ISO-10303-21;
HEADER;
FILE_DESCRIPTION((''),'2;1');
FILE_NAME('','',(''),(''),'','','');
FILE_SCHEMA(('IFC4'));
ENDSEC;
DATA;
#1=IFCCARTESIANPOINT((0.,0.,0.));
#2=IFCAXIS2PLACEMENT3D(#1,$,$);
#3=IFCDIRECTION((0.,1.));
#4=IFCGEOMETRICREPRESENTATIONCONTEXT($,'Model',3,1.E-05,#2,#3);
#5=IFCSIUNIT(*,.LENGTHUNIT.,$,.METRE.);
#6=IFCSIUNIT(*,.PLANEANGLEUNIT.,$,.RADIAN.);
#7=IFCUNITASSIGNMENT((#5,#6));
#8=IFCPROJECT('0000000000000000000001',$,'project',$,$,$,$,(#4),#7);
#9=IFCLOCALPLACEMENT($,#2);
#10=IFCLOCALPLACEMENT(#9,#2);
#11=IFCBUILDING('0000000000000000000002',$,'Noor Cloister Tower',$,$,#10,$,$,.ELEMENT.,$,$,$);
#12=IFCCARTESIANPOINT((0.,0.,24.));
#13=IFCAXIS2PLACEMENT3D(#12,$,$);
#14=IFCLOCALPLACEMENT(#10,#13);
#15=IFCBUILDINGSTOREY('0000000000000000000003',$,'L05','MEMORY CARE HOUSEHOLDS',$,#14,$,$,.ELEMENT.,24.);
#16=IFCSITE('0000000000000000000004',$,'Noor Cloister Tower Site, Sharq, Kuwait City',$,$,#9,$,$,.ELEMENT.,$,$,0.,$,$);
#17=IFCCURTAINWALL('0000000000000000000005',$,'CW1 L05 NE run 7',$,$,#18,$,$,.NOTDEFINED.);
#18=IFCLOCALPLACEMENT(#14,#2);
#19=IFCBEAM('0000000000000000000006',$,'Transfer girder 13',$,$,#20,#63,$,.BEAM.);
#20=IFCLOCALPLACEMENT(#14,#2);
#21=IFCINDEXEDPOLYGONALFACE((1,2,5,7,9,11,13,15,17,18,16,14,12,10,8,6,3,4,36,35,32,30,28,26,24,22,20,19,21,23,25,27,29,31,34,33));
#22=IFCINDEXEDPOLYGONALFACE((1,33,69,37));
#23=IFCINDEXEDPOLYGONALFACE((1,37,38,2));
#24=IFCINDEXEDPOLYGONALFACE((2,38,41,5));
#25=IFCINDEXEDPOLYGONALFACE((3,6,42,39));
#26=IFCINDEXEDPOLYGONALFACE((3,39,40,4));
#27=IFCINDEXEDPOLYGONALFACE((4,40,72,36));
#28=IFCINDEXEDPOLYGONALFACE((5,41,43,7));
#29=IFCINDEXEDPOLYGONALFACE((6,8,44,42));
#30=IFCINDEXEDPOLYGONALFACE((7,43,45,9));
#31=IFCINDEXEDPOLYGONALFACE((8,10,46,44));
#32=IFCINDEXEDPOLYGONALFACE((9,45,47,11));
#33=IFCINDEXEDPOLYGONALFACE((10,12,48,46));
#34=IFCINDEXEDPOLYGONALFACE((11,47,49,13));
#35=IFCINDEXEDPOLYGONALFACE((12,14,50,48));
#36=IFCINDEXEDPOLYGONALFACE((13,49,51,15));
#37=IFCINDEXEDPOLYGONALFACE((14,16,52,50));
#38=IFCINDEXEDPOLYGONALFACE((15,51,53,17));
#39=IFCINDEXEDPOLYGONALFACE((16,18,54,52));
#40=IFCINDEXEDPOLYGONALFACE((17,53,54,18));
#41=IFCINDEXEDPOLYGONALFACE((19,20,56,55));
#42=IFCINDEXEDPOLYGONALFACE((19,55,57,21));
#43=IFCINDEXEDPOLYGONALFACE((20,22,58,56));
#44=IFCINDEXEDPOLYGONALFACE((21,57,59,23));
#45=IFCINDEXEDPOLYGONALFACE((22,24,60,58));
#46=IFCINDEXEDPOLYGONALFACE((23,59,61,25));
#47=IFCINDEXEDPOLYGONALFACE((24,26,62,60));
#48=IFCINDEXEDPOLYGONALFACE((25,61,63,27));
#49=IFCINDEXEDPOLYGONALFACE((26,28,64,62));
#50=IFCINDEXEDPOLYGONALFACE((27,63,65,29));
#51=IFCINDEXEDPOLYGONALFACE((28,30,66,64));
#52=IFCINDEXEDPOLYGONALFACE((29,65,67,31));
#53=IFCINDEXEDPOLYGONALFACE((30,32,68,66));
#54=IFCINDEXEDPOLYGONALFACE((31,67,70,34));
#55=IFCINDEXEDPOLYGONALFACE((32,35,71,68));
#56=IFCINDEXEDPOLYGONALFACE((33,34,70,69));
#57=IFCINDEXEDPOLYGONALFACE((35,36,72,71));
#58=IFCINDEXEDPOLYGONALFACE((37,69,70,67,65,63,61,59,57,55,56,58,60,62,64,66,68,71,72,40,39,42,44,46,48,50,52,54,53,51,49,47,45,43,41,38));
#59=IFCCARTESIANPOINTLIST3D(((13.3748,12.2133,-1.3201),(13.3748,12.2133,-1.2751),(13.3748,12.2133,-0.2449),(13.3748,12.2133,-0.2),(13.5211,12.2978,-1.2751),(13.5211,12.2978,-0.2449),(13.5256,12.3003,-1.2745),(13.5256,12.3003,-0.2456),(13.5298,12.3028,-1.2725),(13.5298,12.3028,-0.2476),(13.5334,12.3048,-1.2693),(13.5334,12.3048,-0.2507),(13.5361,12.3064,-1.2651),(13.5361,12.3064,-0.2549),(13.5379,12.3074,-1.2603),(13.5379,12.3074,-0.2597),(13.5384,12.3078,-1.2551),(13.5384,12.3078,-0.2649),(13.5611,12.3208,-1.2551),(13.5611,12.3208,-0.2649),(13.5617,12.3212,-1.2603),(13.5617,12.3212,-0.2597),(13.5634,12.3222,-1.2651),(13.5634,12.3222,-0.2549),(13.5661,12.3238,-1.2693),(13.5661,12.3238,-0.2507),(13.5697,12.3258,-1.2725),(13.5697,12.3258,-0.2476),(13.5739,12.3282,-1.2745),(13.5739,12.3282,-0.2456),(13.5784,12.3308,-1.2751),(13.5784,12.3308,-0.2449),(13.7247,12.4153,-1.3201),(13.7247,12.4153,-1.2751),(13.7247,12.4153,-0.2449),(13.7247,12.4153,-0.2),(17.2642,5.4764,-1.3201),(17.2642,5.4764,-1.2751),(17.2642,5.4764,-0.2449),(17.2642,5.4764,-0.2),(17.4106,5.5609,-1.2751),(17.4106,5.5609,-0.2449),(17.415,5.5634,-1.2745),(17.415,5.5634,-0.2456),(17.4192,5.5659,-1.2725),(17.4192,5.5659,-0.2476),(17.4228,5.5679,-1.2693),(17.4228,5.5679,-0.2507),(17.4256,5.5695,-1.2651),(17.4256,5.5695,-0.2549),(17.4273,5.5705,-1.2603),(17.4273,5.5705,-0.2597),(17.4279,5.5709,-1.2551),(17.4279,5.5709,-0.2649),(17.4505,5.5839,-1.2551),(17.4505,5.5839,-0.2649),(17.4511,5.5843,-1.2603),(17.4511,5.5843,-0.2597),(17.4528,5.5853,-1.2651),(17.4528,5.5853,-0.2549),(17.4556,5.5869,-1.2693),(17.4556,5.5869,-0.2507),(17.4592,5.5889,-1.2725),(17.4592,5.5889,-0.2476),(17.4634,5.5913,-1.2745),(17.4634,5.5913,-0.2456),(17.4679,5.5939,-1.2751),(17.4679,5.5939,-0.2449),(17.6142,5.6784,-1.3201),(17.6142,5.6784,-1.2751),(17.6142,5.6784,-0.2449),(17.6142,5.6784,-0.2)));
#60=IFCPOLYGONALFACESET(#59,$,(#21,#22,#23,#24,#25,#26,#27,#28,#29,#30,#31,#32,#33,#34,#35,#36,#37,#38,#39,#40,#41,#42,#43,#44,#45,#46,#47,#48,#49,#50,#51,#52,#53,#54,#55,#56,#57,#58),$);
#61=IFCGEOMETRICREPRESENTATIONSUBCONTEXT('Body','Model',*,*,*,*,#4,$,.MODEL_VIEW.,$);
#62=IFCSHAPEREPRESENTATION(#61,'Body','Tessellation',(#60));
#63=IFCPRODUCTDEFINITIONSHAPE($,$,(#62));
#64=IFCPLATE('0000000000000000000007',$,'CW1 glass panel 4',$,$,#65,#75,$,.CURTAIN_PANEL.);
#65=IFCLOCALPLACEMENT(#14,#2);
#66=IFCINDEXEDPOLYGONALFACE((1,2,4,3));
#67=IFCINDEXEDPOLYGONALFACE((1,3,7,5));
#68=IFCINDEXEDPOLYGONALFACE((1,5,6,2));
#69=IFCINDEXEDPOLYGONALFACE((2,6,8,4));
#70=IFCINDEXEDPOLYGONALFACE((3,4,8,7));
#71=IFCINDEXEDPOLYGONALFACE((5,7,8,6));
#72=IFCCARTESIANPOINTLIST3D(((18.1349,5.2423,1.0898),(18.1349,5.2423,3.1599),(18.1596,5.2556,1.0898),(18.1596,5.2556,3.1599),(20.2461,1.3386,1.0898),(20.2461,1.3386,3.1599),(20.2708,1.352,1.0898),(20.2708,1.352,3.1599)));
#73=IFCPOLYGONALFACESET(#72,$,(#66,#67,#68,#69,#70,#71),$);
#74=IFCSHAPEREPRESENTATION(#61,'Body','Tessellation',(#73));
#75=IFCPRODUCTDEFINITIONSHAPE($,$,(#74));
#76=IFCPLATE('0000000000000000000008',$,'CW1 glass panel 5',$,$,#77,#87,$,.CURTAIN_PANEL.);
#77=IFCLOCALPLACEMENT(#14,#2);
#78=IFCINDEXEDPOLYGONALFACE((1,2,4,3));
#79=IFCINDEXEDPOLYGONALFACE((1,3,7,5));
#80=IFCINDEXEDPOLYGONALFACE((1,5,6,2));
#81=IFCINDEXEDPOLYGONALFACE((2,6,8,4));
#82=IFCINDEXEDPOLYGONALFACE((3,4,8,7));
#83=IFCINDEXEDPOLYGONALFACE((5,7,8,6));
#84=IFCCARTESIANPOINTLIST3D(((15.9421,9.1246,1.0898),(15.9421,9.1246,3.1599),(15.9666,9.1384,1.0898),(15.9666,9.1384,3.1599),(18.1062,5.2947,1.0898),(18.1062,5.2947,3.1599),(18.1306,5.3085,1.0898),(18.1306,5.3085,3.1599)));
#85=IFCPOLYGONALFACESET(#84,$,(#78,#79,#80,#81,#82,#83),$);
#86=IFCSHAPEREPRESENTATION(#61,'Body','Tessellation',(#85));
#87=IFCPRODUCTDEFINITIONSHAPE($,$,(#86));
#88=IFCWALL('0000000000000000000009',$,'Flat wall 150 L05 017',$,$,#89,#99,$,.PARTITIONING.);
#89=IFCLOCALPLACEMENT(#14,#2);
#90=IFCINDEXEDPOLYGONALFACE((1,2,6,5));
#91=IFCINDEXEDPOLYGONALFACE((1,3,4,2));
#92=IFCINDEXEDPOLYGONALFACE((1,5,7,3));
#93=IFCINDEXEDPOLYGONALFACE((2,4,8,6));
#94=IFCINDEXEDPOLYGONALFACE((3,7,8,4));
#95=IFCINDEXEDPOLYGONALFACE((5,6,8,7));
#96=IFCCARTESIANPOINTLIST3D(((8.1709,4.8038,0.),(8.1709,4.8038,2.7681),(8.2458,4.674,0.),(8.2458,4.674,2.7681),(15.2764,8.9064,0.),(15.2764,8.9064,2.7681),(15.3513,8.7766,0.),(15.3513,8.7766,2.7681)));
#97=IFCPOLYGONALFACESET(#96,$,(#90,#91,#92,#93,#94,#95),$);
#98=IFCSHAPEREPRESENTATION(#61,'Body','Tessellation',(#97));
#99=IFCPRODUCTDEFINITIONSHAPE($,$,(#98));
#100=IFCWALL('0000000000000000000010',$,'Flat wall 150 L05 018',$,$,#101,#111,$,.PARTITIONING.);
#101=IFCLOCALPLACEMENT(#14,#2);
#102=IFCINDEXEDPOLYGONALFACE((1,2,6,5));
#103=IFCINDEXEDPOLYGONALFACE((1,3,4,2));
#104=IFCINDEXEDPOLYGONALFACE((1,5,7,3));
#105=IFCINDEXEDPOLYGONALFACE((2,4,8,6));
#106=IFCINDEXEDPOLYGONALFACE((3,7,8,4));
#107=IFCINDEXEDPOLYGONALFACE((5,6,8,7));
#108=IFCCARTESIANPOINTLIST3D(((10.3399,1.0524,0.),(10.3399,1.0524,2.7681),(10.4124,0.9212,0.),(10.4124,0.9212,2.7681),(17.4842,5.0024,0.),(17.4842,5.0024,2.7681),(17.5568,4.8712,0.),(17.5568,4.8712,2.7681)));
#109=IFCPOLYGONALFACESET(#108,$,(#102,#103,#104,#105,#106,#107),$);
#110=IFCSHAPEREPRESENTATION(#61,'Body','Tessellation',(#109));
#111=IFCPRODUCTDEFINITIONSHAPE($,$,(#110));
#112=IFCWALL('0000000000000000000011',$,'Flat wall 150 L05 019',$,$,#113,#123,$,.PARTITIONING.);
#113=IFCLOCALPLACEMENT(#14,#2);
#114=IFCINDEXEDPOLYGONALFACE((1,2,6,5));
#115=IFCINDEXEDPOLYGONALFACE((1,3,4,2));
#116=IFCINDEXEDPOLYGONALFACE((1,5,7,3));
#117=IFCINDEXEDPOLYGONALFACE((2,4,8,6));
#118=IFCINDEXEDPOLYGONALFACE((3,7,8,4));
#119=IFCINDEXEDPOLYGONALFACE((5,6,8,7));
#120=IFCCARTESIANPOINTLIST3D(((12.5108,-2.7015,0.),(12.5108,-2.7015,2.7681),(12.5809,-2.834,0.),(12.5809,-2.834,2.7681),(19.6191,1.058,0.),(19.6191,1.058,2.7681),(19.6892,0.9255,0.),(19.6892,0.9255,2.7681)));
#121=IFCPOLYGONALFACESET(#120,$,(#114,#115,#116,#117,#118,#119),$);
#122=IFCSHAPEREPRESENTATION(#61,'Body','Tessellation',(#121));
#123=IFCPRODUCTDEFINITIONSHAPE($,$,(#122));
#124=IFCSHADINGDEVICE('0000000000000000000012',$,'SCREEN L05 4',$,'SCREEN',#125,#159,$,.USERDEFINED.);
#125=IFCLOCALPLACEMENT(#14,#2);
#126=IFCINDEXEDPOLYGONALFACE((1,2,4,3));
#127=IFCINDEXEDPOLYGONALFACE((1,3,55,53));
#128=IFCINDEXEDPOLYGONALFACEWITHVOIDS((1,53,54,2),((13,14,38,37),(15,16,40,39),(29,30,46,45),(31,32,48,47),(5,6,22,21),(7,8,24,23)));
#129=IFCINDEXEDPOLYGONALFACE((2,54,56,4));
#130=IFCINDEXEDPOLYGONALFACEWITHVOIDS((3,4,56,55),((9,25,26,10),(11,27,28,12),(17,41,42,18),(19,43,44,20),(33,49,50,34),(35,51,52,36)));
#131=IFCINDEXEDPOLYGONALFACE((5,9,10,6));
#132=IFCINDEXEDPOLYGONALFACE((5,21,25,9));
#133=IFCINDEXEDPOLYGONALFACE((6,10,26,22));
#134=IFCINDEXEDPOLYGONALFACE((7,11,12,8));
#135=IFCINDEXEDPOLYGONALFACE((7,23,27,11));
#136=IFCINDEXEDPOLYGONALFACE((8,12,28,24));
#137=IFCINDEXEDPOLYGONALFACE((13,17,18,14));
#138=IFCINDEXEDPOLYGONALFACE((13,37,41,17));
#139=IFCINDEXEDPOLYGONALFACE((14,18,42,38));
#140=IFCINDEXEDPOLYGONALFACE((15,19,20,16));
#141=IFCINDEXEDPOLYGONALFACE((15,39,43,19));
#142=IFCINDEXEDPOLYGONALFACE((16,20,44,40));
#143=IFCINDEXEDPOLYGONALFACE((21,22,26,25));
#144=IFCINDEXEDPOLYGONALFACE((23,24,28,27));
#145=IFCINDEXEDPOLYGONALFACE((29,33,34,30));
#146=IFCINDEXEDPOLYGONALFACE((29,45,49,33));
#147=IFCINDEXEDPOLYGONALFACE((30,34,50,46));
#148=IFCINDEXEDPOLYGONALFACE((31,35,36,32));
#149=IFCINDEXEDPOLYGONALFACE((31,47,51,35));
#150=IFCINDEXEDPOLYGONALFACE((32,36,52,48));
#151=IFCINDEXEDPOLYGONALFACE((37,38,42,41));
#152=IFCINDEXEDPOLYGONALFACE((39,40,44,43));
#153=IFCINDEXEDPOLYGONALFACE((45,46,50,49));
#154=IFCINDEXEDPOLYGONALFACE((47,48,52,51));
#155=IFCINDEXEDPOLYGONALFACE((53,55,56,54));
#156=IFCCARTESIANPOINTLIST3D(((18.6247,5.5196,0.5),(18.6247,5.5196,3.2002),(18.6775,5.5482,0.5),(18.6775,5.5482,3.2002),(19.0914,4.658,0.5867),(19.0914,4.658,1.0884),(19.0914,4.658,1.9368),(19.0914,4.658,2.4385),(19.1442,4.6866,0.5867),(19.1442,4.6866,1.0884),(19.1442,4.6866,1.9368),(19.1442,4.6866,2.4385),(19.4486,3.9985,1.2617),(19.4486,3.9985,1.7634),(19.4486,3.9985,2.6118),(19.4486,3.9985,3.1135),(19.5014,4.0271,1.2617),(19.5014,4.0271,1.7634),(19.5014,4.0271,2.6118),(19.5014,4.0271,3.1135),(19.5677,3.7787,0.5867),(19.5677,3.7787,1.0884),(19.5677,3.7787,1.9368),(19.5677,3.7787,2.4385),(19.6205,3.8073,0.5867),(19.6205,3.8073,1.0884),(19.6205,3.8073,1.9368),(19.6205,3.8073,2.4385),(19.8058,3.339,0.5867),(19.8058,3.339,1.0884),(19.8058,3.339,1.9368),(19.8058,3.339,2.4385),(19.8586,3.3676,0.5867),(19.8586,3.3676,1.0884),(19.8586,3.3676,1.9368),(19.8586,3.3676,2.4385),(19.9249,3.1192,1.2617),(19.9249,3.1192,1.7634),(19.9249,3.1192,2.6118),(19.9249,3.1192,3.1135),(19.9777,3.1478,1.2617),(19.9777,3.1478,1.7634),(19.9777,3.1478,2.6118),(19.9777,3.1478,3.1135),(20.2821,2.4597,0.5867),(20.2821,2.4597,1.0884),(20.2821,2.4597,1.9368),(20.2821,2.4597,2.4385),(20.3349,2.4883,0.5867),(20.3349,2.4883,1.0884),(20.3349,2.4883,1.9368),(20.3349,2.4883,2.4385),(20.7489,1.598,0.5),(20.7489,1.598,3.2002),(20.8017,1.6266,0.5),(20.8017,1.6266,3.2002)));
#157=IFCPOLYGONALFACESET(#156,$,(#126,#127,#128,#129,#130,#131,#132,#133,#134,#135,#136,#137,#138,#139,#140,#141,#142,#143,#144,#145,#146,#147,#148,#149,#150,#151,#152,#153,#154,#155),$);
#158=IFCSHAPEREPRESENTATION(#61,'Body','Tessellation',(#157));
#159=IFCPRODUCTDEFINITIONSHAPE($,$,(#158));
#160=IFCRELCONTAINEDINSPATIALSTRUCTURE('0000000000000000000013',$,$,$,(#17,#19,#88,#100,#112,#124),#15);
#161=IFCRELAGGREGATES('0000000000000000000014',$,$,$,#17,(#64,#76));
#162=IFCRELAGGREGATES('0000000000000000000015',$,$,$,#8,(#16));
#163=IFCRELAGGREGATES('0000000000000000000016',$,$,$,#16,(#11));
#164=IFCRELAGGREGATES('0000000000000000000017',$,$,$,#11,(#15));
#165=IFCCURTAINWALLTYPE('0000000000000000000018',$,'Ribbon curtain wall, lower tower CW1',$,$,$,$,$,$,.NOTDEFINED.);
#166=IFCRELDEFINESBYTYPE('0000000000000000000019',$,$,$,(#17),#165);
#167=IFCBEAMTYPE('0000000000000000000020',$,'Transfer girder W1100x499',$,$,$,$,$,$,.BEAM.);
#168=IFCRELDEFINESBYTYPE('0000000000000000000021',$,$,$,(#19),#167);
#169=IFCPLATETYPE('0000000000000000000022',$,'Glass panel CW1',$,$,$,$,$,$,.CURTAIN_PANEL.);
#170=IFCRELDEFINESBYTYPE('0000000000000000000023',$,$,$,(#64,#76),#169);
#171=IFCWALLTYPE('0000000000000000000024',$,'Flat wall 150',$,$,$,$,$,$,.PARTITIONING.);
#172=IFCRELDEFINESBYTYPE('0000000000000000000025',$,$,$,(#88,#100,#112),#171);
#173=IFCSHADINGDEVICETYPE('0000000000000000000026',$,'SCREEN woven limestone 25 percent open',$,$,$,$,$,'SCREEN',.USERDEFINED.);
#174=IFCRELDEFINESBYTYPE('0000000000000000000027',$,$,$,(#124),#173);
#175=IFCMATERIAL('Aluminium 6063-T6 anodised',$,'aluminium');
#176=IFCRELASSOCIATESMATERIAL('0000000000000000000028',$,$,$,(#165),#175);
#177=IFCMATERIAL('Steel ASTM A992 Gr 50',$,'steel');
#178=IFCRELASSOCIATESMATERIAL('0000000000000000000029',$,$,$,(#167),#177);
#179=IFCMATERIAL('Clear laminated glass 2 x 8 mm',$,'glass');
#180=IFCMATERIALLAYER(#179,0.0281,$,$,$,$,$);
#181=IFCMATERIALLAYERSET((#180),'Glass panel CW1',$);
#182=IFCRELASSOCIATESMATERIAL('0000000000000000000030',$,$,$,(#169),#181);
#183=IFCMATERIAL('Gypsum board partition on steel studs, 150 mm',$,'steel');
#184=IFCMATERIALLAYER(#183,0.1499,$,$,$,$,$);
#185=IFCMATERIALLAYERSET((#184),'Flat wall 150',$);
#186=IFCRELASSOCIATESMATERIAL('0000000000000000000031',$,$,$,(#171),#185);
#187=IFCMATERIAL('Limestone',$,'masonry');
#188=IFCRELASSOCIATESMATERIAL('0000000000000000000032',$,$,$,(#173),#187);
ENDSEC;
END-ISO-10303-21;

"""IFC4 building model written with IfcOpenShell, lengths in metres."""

from ifc_helpers import new_model, si_unit, direction, frame, frame_2d, origin, origin_2d, place, context, subcontext, project, spatial, polyline, rectangle, i_section, outline, extrude, material, layer, layer_set, material_profile, profile_set, type_object, element, aggregate, save


model = new_model("IFC4")

# Units and contexts
model_context = context("Model", 3, precision=1e-05, world=origin(), true_north=direction((0.0, 1.0)))
body_context = subcontext(model_context, "Body", "Model", "MODEL_VIEW")
ifc_project = project(units=[si_unit("LENGTHUNIT", "METRE"), si_unit("PLANEANGLEUNIT", "RADIAN")], contexts=[model_context])

# Site, building, storey
site_placement = place(None, origin())
site = spatial("IfcSite", under=ifc_project, at=site_placement, Name="Noor Cloister Tower Site, Sharq, Kuwait City", CompositionType="ELEMENT", RefElevation=0.0)
building_placement = place(site_placement, origin())
building = spatial("IfcBuilding", under=site, at=building_placement, Name="Noor Cloister Tower", CompositionType="ELEMENT")
storey_placement = place(building_placement, frame((0.0, 0.0, 24.0)))
storey = spatial("IfcBuildingStorey", under=building, at=storey_placement, Name="L05", Description="MEMORY CARE HOUSEHOLDS", CompositionType="ELEMENT", Elevation=24.0)

# Curtain wall
ifc_material_1 = material(Name="Aluminium 6063-T6 anodised", Category="aluminium")
curtain_wall_type = type_object("IfcCurtainWallType", Name="Ribbon curtain wall, lower tower CW1", PredefinedType="NOTDEFINED", material=ifc_material_1)
curtain_wall_placement = place(storey_placement, origin())
curtain_wall = element("IfcCurtainWall", 1, at=curtain_wall_placement, inside=storey, type_object=curtain_wall_type, Name="CW1 L05 NE run 7", PredefinedType="NOTDEFINED")

# Beam
ifc_material_2 = material(Name="Steel ASTM A992 Gr 50", Category="steel")
ifc_material_profile_1 = material_profile(ifc_material_2, i_section(OverallWidth=0.4041, OverallDepth=1.1201, WebThickness=0.0261, FlangeThickness=0.0449, FilletRadius=0.02, at=origin_2d()), Name="W1100x499")
ifc_profile_set_1 = profile_set([ifc_material_profile_1], Name="Steel ASTM A992 Gr 50")
beam_type_1 = type_object("IfcBeamType", Name="Transfer girder W1100x499", PredefinedType="BEAM", material=ifc_profile_set_1)
beam_1_placement = place(storey_placement, frame((17.4392, 5.5774, -0.76), z_axis=(-0.499991, 0.866031, 0.0), x_axis=(-0.866031, -0.499991, 0.0)))
element("IfcBeam", 2, at=beam_1_placement, inside=storey, type_object=beam_type_1, Name="Transfer girder 13", PredefinedType="BEAM", context=body_context, shape_type="SweptSolid", body=[
    extrude(i_section(OverallWidth=0.4041, OverallDepth=1.1201, WebThickness=0.0261, FlangeThickness=0.0449, FilletRadius=0.02, at=origin_2d()), origin(), (0.0, 0.0, 1.0), 7.7791),
])

# Plates
ifc_material_3 = material(Name="Clear laminated glass 2 x 8 mm", Category="glass")
ifc_layer_1 = layer(ifc_material_3, 0.0281)
ifc_layer_set_1 = layer_set([ifc_layer_1], Name="Glass panel CW1")
plate_type = type_object("IfcPlateType", Name="Glass panel CW1", PredefinedType="CURTAIN_PANEL", material=ifc_layer_set_1)
plate_1_placement = place(storey_placement, frame((19.2029, 3.2971, 1.0898), z_axis=(0.0, 0.0, 1.0), x_axis=(-0.475707, 0.879604, 0.0)))
plate_1 = element("IfcPlate", 3, at=plate_1_placement, type_object=plate_type, Name="CW1 glass panel 4", PredefinedType="CURTAIN_PANEL", context=body_context, shape_type="SweptSolid", body=[
    extrude(rectangle(XDim=4.438, YDim=0.0281, at=origin_2d()), origin(), (0.0, 0.0, 1.0), 2.0701),
])
plate_2_placement = place(storey_placement, frame((17.0364, 7.2166, 1.0898), z_axis=(0.0, 0.0, 1.0), x_axis=(-0.491945, 0.870627, 0.0)))
plate_2 = element("IfcPlate", 4, at=plate_2_placement, type_object=plate_type, Name="CW1 glass panel 5", PredefinedType="CURTAIN_PANEL", context=body_context, shape_type="SweptSolid", body=[
    extrude(rectangle(XDim=4.3989, YDim=0.0281, at=origin_2d()), origin(), (0.0, 0.0, 1.0), 2.0701),
])
aggregate(curtain_wall, [plate_1, plate_2])

# Walls
ifc_material_4 = material(Name="Gypsum board partition on steel studs, 150 mm", Category="steel")
ifc_layer_2 = layer(ifc_material_4, 0.1499)
ifc_layer_set_2 = layer_set([ifc_layer_2], Name="Flat wall 150")
wall_type = type_object("IfcWallType", Name="Flat wall 150", PredefinedType="PARTITIONING", material=ifc_layer_set_2)
wall_1_placement = place(storey_placement, frame((15.314, 8.8416, 0.0), z_axis=(0.0, 0.0, 1.0), x_axis=(-0.866015, -0.500018, 0.0)))
element("IfcWall", 5, at=wall_1_placement, inside=storey, type_object=wall_type, Name="Flat wall 150 L05 017", PredefinedType="PARTITIONING", context=body_context, shape_type="SweptSolid", body=[
    extrude(rectangle(XDim=8.2048, YDim=0.1499, at=frame_2d((4.1025, 0.0))), origin(), (0.0, 0.0, 1.0), 2.7681),
])
wall_2_placement = place(storey_placement, frame((17.5205, 4.9368, 0.0), z_axis=(0.0, 0.0, 1.0), x_axis=(-0.875149, -0.483854, 0.0)))
element("IfcWall", 6, at=wall_2_placement, inside=storey, type_object=wall_type, Name="Flat wall 150 L05 018", PredefinedType="PARTITIONING", context=body_context, shape_type="SweptSolid", body=[
    extrude(rectangle(XDim=8.1636, YDim=0.1499, at=frame_2d((4.0818, 0.0))), origin(), (0.0, 0.0, 1.0), 2.7681),
])
wall_3_placement = place(storey_placement, frame((19.6541, 0.9917, 0.0), z_axis=(0.0, 0.0, 1.0), x_axis=(-0.883981, -0.467524, 0.0)))
element("IfcWall", 7, at=wall_3_placement, inside=storey, type_object=wall_type, Name="Flat wall 150 L05 019", PredefinedType="PARTITIONING", context=body_context, shape_type="SweptSolid", body=[
    extrude(rectangle(XDim=8.0413, YDim=0.1499, at=frame_2d((4.0205, 0.0))), origin(), (0.0, 0.0, 1.0), 2.7681),
])

# Shading device
ifc_material_5 = material(Name="Limestone", Category="masonry")
ifc_material_profile_2 = material_profile(ifc_material_5, outline(polyline([(-2.23, -1.3501), (2.23, -1.3501), (2.23, 1.3501), (-2.23, 1.3501), (-2.23, -1.3501)]), holes=[polyline([(-1.25, -1.2634), (-0.25, -1.2634), (-0.25, -0.7617), (-1.25, -0.7617), (-1.25, -1.2634)]), polyline([(0.25, -1.2634), (1.25, -1.2634), (1.25, -0.7617), (0.25, -0.7617), (0.25, -1.2634)]), polyline([(-0.5, -0.5884), (0.5, -0.5884), (0.5, -0.0867), (-0.5, -0.0867), (-0.5, -0.5884)]), polyline([(-1.25, 0.0867), (-0.25, 0.0867), (-0.25, 0.5884), (-1.25, 0.5884), (-1.25, 0.0867)]), polyline([(0.25, 0.0867), (1.25, 0.0867), (1.25, 0.5884), (0.25, 0.5884), (0.25, 0.0867)]), polyline([(-0.5, 0.7617), (0.5, 0.7617), (0.5, 1.2634), (-0.5, 1.2634), (-0.5, 0.7617)])]), Name="Woven screen 25 percent open")
ifc_profile_set_2 = profile_set([ifc_material_profile_2], Name="Limestone")
shading_device_type = type_object("IfcShadingDeviceType", Name="SCREEN woven limestone 25 percent open", ElementType="SCREEN", PredefinedType="USERDEFINED", material=ifc_profile_set_2)
for number, where, z_axis, x_axis, name in (
    (8, (19.6868, 3.5588, 1.8501), (0.879292, 0.476283, 0.0), (-0.476283, 0.879292, 0.0), "SCREEN L05 4"),
):
    element("IfcShadingDevice", number, at=place(storey_placement, frame(where, z_axis=z_axis, x_axis=x_axis)), inside=storey, type_object=shading_device_type, Name=name, ObjectType="SCREEN", PredefinedType="USERDEFINED", context=body_context, shape_type="SweptSolid", body=[
        extrude(outline(polyline([(-2.23, -1.3501), (2.23, -1.3501), (2.23, 1.3501), (-2.23, 1.3501), (-2.23, -1.3501)]), holes=[polyline([(-1.25, -1.2634), (-0.25, -1.2634), (-0.25, -0.7617), (-1.25, -0.7617), (-1.25, -1.2634)]), polyline([(0.25, -1.2634), (1.25, -1.2634), (1.25, -0.7617), (0.25, -0.7617), (0.25, -1.2634)]), polyline([(-0.5, -0.5884), (0.5, -0.5884), (0.5, -0.0867), (-0.5, -0.0867), (-0.5, -0.5884)]), polyline([(-1.25, 0.0867), (-0.25, 0.0867), (-0.25, 0.5884), (-1.25, 0.5884), (-1.25, 0.0867)]), polyline([(0.25, 0.0867), (1.25, 0.0867), (1.25, 0.5884), (0.25, 0.5884), (0.25, 0.0867)]), polyline([(-0.5, 0.7617), (0.5, 0.7617), (0.5, 1.2634), (-0.5, 1.2634), (-0.5, 0.7617)])]), origin(), (0.0, 0.0, 1.0), 0.0601),
    ])

save(model, "model.ifc")
